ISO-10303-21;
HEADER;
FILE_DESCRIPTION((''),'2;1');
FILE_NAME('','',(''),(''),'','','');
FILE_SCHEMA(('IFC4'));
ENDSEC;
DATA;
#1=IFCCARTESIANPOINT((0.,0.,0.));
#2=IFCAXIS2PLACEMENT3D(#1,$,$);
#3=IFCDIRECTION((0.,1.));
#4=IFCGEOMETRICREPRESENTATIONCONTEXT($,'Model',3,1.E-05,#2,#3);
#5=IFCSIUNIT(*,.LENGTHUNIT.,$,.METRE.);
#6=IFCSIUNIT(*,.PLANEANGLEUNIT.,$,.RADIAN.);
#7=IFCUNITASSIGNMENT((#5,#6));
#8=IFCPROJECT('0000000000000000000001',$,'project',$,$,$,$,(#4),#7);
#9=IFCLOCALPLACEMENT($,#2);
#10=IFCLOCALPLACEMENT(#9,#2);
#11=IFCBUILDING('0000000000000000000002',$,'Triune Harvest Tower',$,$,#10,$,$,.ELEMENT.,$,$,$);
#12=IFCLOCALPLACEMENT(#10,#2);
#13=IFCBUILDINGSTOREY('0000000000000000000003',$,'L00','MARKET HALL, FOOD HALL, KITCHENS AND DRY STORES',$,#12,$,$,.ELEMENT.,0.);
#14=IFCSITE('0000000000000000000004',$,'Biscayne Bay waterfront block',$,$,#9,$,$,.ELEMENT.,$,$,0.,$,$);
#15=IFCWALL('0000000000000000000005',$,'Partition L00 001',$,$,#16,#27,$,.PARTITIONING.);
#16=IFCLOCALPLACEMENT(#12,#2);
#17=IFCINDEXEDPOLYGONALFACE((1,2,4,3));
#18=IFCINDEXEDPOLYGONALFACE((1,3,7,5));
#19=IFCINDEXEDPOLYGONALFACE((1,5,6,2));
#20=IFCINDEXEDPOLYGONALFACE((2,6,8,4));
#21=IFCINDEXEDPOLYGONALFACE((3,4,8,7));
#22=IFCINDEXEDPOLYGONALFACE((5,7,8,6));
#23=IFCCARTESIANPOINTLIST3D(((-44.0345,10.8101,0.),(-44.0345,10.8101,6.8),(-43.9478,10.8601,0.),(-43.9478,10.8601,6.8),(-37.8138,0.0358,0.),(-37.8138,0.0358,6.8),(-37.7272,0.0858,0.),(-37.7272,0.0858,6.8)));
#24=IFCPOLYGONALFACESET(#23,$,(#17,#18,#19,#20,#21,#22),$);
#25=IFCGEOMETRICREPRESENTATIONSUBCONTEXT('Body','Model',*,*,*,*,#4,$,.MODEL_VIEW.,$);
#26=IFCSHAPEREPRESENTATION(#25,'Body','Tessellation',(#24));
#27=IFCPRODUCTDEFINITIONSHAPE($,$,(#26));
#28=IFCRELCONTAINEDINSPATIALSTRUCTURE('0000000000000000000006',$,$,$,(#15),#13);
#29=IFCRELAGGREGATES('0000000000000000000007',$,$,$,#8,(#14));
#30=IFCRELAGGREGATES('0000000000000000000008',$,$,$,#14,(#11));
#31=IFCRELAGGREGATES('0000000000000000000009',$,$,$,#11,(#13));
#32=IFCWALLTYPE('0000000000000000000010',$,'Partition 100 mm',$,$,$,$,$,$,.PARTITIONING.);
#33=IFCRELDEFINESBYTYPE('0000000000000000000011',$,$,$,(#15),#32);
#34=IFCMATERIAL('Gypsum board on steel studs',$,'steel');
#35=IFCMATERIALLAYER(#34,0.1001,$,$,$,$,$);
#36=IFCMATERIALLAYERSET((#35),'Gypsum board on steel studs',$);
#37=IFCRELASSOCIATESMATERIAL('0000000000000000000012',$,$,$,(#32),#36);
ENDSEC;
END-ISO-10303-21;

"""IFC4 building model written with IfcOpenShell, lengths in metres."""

from ifc_helpers import new_model, si_unit, direction, frame, frame_2d, origin, place, context, subcontext, project, spatial, rectangle, extrude, material, layer, layer_set, type_object, element, save


model = new_model("IFC4")

# Units and contexts
model_context = context("Model", 3, precision=1e-05, world=origin(), true_north=direction((0.0, 1.0)))
body_context = subcontext(model_context, "Body", "Model", "MODEL_VIEW")
ifc_project = project(units=[si_unit("LENGTHUNIT", "METRE"), si_unit("PLANEANGLEUNIT", "RADIAN")], contexts=[model_context])

# Site, building, storey
site_placement = place(None, origin())
site = spatial("IfcSite", under=ifc_project, at=site_placement, Name="Biscayne Bay waterfront block", CompositionType="ELEMENT", RefElevation=0.0)
building_placement = place(site_placement, origin())
building = spatial("IfcBuilding", under=site, at=building_placement, Name="Triune Harvest Tower", CompositionType="ELEMENT")
storey_placement = place(building_placement, origin())
storey = spatial("IfcBuildingStorey", under=building, at=storey_placement, Name="L00", Description="MARKET HALL, FOOD HALL, KITCHENS AND DRY STORES", CompositionType="ELEMENT", Elevation=0.0)

# Wall
ifc_material_1 = material(Name="Gypsum board on steel studs", Category="steel")
ifc_layer_1 = layer(ifc_material_1, 0.1001)
ifc_layer_set_1 = layer_set([ifc_layer_1], Name="Gypsum board on steel studs")
wall_type = type_object("IfcWallType", Name="Partition 100 mm", PredefinedType="PARTITIONING", material=ifc_layer_set_1)
wall_placement = place(storey_placement, frame((-43.9912, 10.8352, 0.0), z_axis=(0.0, 0.0, 1.0), x_axis=(0.500006, -0.866022, 0.0)))
element("IfcWall", 1, at=wall_placement, inside=storey, type_object=wall_type, Name="Partition L00 001", PredefinedType="PARTITIONING", context=body_context, shape_type="SweptSolid", body=[
    extrude(rectangle(XDim=12.4412, YDim=0.1001, at=frame_2d((6.2207, 0.0))), origin(), (0.0, 0.0, 1.0), 6.8),
])

save(model, "model.ifc")
